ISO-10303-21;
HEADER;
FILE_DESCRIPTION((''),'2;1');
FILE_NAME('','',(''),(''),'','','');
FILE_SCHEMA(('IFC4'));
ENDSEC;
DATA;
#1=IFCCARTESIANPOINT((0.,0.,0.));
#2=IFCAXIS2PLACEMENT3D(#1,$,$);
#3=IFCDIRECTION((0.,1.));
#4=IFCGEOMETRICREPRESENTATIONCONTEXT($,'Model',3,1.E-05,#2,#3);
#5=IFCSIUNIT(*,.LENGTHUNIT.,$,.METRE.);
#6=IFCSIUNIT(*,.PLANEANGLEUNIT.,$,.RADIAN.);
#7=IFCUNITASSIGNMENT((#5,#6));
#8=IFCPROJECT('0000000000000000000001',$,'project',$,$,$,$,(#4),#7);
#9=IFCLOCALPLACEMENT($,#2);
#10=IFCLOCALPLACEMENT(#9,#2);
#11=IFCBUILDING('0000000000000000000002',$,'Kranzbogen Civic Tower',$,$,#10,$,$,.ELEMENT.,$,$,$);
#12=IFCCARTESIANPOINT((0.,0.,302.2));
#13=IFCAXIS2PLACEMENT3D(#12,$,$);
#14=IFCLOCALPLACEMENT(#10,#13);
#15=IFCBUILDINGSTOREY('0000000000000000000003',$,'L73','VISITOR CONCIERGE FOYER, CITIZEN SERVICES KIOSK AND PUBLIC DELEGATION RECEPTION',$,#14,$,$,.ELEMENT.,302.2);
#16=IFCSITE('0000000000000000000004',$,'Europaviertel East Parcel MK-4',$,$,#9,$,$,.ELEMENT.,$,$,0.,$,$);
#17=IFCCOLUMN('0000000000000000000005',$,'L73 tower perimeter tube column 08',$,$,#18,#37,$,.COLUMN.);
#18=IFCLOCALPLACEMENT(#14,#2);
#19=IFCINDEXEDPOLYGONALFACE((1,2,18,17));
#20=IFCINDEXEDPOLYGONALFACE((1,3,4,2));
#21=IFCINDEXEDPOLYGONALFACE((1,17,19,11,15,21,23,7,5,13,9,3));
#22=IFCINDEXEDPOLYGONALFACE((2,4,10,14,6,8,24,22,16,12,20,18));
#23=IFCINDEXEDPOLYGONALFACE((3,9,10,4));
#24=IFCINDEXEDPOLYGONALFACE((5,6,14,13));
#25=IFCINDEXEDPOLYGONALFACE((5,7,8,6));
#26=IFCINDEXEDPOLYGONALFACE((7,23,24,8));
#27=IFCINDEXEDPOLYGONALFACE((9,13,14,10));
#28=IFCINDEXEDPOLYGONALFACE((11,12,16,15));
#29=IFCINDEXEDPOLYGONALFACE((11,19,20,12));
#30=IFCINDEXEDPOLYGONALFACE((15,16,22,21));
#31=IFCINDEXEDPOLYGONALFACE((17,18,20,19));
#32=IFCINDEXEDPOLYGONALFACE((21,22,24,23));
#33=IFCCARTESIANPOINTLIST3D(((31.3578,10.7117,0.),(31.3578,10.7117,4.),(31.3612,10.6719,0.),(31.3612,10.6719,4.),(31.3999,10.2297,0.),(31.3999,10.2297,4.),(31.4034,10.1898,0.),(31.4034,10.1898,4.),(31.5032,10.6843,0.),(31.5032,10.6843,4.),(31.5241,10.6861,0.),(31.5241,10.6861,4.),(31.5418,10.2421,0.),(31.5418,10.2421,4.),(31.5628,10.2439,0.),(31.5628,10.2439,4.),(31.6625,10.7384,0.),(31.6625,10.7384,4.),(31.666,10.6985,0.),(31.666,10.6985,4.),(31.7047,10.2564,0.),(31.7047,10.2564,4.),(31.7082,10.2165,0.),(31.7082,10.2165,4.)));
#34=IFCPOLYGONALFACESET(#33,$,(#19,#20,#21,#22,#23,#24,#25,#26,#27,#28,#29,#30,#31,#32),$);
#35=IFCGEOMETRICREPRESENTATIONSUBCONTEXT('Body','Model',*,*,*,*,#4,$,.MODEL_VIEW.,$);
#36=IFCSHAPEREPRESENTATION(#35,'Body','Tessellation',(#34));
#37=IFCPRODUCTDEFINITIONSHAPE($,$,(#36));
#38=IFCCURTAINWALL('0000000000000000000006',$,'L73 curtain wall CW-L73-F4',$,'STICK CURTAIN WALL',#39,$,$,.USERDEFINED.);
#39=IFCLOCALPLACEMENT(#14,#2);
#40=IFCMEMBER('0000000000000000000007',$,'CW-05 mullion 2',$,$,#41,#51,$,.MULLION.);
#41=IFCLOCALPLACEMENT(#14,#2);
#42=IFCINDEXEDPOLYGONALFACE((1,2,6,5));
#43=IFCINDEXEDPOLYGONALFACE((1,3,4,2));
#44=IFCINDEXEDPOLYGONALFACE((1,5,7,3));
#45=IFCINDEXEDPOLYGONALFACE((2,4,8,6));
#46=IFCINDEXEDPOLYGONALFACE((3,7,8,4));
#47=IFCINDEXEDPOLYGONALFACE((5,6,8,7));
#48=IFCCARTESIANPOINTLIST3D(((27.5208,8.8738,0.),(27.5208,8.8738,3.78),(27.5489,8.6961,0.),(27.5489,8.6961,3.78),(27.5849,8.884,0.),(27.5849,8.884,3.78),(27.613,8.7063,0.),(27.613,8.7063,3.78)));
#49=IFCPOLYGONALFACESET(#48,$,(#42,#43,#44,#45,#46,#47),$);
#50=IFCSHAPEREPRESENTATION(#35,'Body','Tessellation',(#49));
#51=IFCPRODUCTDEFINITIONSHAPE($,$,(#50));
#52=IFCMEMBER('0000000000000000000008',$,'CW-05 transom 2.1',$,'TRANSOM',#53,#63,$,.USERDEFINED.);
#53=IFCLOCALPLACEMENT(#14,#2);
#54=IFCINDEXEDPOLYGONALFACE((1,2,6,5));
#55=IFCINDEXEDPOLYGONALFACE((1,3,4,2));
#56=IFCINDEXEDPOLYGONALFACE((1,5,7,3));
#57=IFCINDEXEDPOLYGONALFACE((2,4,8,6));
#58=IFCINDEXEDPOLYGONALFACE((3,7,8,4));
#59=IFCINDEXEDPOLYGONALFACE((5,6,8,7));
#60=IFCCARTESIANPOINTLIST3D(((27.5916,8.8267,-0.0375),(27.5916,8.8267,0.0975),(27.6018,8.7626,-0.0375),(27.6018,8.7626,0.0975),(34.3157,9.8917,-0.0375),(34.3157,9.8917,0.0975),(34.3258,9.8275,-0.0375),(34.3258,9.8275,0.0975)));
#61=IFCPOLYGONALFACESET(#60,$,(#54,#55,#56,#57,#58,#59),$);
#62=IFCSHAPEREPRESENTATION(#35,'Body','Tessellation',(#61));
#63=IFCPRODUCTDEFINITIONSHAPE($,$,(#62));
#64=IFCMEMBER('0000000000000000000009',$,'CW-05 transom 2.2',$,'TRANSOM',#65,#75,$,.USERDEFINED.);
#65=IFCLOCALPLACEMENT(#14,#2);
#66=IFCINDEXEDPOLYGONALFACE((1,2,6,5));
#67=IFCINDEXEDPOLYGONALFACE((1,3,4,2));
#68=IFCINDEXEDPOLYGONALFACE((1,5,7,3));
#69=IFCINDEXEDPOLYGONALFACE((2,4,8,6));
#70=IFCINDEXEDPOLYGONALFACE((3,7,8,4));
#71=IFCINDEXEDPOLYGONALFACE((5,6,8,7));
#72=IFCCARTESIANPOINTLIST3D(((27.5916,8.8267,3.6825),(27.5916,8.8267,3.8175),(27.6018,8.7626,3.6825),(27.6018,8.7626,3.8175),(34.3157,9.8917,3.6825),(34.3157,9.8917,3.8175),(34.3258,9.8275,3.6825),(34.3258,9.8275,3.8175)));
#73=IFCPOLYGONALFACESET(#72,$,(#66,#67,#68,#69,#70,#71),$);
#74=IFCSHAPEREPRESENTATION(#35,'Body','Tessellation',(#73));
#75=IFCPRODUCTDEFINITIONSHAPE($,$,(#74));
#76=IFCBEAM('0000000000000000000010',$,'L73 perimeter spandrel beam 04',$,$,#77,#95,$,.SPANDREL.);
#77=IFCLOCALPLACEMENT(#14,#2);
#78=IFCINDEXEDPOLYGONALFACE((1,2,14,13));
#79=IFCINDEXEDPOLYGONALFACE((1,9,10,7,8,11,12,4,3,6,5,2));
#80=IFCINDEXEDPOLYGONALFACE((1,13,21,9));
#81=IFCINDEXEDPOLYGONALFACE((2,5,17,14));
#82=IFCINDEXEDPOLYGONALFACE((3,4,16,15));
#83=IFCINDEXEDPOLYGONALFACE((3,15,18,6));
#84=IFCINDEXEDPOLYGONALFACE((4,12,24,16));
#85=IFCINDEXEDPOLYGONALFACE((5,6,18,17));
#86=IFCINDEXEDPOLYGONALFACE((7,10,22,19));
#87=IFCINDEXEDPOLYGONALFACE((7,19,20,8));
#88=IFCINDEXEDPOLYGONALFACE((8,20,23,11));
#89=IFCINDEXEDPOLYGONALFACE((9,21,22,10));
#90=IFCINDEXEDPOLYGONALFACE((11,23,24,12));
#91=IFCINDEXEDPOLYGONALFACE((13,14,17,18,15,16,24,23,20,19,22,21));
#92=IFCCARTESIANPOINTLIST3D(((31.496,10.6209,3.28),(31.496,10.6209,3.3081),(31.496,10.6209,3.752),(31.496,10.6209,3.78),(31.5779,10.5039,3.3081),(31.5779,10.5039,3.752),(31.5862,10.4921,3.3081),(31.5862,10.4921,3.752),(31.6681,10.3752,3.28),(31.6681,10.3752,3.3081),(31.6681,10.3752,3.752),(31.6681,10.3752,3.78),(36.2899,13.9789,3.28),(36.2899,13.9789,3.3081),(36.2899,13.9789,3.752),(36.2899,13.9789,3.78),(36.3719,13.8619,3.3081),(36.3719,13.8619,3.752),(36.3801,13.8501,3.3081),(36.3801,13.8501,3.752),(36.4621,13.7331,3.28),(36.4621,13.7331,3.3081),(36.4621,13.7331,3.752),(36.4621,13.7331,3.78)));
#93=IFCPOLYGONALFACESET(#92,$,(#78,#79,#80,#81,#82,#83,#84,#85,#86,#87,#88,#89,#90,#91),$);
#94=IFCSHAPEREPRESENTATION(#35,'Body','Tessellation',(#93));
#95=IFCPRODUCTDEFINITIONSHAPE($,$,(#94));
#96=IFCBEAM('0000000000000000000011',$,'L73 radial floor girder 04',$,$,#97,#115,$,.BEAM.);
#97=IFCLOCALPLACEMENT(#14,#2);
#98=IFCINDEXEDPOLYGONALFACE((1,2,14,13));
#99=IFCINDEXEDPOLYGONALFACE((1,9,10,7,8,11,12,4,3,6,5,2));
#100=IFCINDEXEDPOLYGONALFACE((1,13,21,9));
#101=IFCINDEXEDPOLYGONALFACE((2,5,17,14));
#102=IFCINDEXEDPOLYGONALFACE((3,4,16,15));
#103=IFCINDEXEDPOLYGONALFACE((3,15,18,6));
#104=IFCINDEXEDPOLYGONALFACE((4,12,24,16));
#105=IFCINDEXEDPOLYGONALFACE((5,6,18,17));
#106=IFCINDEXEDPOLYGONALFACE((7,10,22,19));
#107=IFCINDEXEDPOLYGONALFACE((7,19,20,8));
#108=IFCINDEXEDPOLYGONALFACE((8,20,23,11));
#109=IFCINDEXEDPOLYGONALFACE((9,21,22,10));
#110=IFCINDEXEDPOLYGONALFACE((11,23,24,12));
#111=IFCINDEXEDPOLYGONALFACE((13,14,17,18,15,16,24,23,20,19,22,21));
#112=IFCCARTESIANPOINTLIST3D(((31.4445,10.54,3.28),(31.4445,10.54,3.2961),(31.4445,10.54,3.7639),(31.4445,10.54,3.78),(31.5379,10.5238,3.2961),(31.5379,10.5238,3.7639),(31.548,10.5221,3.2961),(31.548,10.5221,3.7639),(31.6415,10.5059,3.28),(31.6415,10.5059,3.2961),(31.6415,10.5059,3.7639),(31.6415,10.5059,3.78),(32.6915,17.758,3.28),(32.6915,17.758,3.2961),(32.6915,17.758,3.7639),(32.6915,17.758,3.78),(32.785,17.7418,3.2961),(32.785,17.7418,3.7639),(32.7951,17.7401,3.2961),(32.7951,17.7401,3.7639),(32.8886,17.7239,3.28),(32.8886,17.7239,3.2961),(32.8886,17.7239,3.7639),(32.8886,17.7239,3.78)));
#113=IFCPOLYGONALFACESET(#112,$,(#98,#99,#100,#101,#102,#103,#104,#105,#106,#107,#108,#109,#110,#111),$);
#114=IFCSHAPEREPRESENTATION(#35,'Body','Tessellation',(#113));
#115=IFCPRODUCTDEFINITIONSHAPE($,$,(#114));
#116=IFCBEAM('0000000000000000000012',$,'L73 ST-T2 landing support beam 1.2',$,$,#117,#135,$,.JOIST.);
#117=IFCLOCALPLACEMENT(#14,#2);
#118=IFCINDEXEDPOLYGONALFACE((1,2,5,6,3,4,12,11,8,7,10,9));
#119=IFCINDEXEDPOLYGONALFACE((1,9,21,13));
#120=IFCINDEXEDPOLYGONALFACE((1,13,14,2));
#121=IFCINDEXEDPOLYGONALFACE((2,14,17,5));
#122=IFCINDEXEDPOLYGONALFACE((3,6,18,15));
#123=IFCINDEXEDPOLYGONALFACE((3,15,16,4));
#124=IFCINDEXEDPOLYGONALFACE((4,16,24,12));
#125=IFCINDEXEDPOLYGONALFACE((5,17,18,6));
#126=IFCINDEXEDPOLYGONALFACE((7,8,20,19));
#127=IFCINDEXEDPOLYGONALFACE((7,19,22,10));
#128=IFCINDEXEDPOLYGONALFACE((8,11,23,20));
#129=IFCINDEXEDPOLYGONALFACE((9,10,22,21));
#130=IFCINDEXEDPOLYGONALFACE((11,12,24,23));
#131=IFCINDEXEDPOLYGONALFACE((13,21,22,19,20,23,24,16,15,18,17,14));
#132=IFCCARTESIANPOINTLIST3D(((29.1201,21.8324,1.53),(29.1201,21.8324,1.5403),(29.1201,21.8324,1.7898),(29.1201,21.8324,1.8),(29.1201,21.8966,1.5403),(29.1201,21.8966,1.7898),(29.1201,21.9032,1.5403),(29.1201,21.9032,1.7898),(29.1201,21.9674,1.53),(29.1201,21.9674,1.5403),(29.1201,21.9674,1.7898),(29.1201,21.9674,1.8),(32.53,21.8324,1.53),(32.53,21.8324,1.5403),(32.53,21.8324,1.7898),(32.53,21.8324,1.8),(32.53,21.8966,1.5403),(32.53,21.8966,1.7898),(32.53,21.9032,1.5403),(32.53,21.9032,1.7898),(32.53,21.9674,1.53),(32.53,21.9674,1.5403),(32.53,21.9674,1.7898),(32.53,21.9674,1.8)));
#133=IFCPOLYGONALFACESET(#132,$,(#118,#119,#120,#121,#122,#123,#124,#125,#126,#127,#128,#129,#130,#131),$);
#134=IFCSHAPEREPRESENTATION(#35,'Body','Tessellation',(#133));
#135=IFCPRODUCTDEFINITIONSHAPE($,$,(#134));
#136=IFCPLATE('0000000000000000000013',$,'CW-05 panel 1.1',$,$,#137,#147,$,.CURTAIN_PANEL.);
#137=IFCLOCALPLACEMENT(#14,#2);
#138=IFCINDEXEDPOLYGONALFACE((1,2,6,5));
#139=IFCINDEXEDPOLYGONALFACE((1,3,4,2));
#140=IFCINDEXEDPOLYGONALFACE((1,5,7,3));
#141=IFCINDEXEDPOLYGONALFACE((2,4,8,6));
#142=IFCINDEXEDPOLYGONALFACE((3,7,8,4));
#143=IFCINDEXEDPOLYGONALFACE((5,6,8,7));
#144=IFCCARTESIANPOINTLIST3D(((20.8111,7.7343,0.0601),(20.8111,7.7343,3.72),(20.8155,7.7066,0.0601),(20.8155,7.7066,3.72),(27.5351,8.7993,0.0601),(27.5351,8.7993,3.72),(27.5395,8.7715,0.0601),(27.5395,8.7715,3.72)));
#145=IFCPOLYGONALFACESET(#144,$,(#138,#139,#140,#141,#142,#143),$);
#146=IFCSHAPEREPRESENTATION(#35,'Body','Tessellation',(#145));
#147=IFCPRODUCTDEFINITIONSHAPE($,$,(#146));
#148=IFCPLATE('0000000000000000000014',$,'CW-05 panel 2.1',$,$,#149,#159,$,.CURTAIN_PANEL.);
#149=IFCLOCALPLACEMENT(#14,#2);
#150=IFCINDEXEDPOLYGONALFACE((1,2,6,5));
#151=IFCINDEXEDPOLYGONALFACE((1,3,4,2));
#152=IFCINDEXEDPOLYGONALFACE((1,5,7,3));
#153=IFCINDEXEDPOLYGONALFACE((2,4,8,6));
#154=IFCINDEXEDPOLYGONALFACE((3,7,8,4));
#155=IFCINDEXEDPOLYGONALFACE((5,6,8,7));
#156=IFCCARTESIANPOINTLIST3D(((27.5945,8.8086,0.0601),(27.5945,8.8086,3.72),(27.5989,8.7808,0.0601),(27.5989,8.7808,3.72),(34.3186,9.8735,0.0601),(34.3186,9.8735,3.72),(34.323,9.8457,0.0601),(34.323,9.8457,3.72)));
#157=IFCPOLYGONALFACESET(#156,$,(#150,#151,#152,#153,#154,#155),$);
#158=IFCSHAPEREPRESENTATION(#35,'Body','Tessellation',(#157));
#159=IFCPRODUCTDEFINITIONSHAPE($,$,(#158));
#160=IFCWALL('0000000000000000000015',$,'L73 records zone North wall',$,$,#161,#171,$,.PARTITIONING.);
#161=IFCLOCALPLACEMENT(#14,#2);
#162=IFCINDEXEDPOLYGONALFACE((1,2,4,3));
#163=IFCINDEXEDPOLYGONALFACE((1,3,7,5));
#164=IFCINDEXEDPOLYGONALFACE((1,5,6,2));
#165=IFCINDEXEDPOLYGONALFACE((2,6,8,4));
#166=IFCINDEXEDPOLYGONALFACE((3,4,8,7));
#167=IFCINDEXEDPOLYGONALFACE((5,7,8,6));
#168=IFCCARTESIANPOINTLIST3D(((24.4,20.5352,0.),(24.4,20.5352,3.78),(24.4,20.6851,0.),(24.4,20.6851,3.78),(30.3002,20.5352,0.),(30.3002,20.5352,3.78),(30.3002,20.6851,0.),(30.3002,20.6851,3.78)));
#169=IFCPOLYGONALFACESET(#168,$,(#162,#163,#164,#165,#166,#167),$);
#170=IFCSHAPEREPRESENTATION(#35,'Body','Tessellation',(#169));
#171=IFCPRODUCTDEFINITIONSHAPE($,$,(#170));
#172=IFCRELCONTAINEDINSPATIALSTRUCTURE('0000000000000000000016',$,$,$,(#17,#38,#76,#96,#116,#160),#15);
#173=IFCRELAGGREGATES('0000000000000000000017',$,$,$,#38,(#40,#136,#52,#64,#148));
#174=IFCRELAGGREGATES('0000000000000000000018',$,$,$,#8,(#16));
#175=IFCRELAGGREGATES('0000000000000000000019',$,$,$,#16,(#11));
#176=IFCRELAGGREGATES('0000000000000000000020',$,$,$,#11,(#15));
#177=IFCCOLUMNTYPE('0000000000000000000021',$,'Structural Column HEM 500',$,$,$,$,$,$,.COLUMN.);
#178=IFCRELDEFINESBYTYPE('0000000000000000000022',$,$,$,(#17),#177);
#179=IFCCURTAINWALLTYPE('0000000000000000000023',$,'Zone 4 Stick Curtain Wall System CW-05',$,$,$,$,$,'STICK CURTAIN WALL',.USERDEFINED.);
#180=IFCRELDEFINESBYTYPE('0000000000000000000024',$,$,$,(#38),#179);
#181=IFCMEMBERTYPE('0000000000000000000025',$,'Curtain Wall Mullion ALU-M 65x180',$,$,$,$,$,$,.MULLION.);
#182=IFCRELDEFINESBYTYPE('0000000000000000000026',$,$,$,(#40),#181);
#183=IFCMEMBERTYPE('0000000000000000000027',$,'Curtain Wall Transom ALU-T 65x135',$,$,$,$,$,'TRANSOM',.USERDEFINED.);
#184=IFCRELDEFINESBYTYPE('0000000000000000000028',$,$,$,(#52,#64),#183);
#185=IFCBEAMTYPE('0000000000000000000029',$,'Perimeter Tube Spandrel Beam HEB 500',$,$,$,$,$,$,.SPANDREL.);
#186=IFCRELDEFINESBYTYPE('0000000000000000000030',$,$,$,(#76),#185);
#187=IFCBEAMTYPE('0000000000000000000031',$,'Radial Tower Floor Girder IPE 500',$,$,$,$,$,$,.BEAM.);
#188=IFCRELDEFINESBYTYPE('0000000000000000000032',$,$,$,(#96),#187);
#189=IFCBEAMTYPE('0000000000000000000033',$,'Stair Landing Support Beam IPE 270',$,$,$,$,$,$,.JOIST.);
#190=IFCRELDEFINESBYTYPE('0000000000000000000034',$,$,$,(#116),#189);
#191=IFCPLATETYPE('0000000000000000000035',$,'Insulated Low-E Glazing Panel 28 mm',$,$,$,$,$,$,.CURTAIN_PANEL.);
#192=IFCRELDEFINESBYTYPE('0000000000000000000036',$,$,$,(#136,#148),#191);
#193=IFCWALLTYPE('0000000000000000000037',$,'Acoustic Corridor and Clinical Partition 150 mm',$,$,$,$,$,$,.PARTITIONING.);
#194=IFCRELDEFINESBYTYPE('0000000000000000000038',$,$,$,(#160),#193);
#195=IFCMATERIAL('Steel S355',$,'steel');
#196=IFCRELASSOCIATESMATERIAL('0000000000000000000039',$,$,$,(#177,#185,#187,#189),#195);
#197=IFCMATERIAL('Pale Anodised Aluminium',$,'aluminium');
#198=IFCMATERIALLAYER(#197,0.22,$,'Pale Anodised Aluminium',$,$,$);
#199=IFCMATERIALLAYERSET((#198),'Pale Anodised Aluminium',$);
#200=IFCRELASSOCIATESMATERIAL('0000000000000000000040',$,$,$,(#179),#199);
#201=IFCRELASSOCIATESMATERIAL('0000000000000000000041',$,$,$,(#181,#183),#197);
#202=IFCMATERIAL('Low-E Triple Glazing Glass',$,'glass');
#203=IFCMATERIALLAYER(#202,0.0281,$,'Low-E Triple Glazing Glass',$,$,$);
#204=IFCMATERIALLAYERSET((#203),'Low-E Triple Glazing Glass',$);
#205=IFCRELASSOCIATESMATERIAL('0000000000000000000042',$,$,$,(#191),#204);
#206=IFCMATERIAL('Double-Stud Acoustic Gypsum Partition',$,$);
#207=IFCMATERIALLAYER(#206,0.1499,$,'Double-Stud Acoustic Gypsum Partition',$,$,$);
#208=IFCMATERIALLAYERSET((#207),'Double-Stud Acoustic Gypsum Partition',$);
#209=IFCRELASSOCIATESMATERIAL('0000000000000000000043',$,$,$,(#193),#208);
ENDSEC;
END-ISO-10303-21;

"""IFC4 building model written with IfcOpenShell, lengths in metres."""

from ifc_helpers import new_model, si_unit, direction, frame, frame_2d, origin, origin_2d, place, context, subcontext, project, spatial, rectangle, i_section, extrude, material, layer, layer_set, material_profile, profile_set, type_object, element, aggregate, save


model = new_model("IFC4")

# Units and contexts
model_context = context("Model", 3, precision=1e-05, world=origin(), true_north=direction((0.0, 1.0)))
body_context = subcontext(model_context, "Body", "Model", "MODEL_VIEW")
ifc_project = project(units=[si_unit("LENGTHUNIT", "METRE"), si_unit("PLANEANGLEUNIT", "RADIAN")], contexts=[model_context])

# Site, building, storey
site_placement = place(None, origin())
site = spatial("IfcSite", under=ifc_project, at=site_placement, Name="Europaviertel East Parcel MK-4", CompositionType="ELEMENT", RefElevation=0.0)
building_placement = place(site_placement, origin())
building = spatial("IfcBuilding", under=site, at=building_placement, Name="Kranzbogen Civic Tower", CompositionType="ELEMENT")
storey_placement = place(building_placement, frame((0.0, 0.0, 302.2)))
storey = spatial("IfcBuildingStorey", under=building, at=storey_placement, Name="L73", Description="VISITOR CONCIERGE FOYER, CITIZEN SERVICES KIOSK AND PUBLIC DELEGATION RECEPTION", CompositionType="ELEMENT", Elevation=302.2)

# Column
ifc_material_1 = material(Name="Steel S355", Category="steel")
ifc_material_profile_1 = material_profile(ifc_material_1, i_section(OverallWidth=0.3059, OverallDepth=0.5239, WebThickness=0.021, FlangeThickness=0.04, at=origin_2d()), Name="HEM 500")
ifc_profile_set_1 = profile_set([ifc_material_profile_1], Name="Steel S355")
column_type = type_object("IfcColumnType", Name="Structural Column HEM 500", PredefinedType="COLUMN", material=ifc_profile_set_1)
column_placement = place(storey_placement, frame((31.533, 10.4641, 0.0), z_axis=(0.0, 0.0, 1.0), x_axis=(0.996195, 0.087156, 0.0)))
element("IfcColumn", 1, at=column_placement, inside=storey, type_object=column_type, Name="L73 tower perimeter tube column 08", PredefinedType="COLUMN", context=body_context, shape_type="SweptSolid", body=[
    extrude(i_section(OverallWidth=0.3059, OverallDepth=0.5239, WebThickness=0.021, FlangeThickness=0.04, at=origin_2d()), origin(), (0.0, 0.0, 1.0), 4.0),
])

# Curtain wall, members
ifc_material_2 = material(Name="Pale Anodised Aluminium", Category="aluminium")
ifc_layer_1 = layer(ifc_material_2, 0.22, Name="Pale Anodised Aluminium")
ifc_layer_set_1 = layer_set([ifc_layer_1], Name="Pale Anodised Aluminium")
curtain_wall_type = type_object("IfcCurtainWallType", Name="Zone 4 Stick Curtain Wall System CW-05", ElementType="STICK CURTAIN WALL", PredefinedType="USERDEFINED", material=ifc_layer_set_1)
curtain_wall_placement = place(storey_placement, origin())
curtain_wall = element("IfcCurtainWall", 2, at=curtain_wall_placement, inside=storey, type_object=curtain_wall_type, Name="L73 curtain wall CW-L73-F4", ObjectType="STICK CURTAIN WALL", PredefinedType="USERDEFINED")
ifc_material_profile_2 = material_profile(ifc_material_2, rectangle(XDim=0.0649, YDim=0.1799, at=origin_2d()), Name="ALU-M 65x180")
ifc_profile_set_2 = profile_set([ifc_material_profile_2], Name="Pale Anodised Aluminium")
member_type_1 = type_object("IfcMemberType", Name="Curtain Wall Mullion ALU-M 65x180", PredefinedType="MULLION", material=ifc_profile_set_2)
member_1_placement = place(storey_placement, frame((27.5669, 8.79, 0.0), z_axis=(0.0, 0.0, 1.0), x_axis=(0.98769, 0.156424, 0.0)))
member_1 = element("IfcMember", 3, at=member_1_placement, type_object=member_type_1, Name="CW-05 mullion 2", PredefinedType="MULLION", context=body_context, shape_type="SweptSolid", body=[
    extrude(rectangle(XDim=0.0649, YDim=0.1799, at=origin_2d()), origin(), (0.0, 0.0, 1.0), 3.78),
])
ifc_material_profile_3 = material_profile(ifc_material_2, rectangle(XDim=0.0649, YDim=0.135, at=origin_2d()), Name="ALU-T 65x135")
ifc_profile_set_3 = profile_set([ifc_material_profile_3], Name="Pale Anodised Aluminium")
member_type_2 = type_object("IfcMemberType", Name="Curtain Wall Transom ALU-T 65x135", ElementType="TRANSOM", PredefinedType="USERDEFINED", material=ifc_profile_set_3)
member_2_placement = place(storey_placement, frame((27.5967, 8.7947, 0.03), z_axis=(0.98769, 0.156427, 0.0), x_axis=(-0.156427, 0.98769, 0.0)))
member_2 = element("IfcMember", 4, at=member_2_placement, type_object=member_type_2, Name="CW-05 transom 2.1", ObjectType="TRANSOM", PredefinedType="USERDEFINED", context=body_context, shape_type="SweptSolid", body=[
    extrude(rectangle(XDim=0.0649, YDim=0.135, at=origin_2d()), origin(), (0.0, 0.0, 1.0), 6.8079),
])
member_3_placement = place(storey_placement, frame((27.5967, 8.7947, 3.75), z_axis=(0.98769, 0.156427, 0.0), x_axis=(-0.156427, 0.98769, 0.0)))
member_3 = element("IfcMember", 5, at=member_3_placement, type_object=member_type_2, Name="CW-05 transom 2.2", ObjectType="TRANSOM", PredefinedType="USERDEFINED", context=body_context, shape_type="SweptSolid", body=[
    extrude(rectangle(XDim=0.0649, YDim=0.135, at=origin_2d()), origin(), (0.0, 0.0, 1.0), 6.8079),
])

# Beams
ifc_material_profile_4 = material_profile(ifc_material_1, i_section(OverallWidth=0.3, OverallDepth=0.5, WebThickness=0.0144, FlangeThickness=0.0281, at=origin_2d()), Name="HEB 500")
ifc_profile_set_4 = profile_set([ifc_material_profile_4], Name="Steel S355")
beam_type_1 = type_object("IfcBeamType", Name="Perimeter Tube Spandrel Beam HEB 500", PredefinedType="SPANDREL", material=ifc_profile_set_4)
beam_1_placement = place(storey_placement, frame((31.582, 10.498, 3.53), z_axis=(0.819059, 0.573709, 0.0), x_axis=(-0.573709, 0.819059, 0.0)))
element("IfcBeam", 6, at=beam_1_placement, inside=storey, type_object=beam_type_1, Name="L73 perimeter spandrel beam 04", PredefinedType="SPANDREL", context=body_context, shape_type="SweptSolid", body=[
    extrude(i_section(OverallWidth=0.3, OverallDepth=0.5, WebThickness=0.0144, FlangeThickness=0.0281, at=origin_2d()), origin(), (0.0, 0.0, 1.0), 5.853),
])
ifc_material_profile_5 = material_profile(ifc_material_1, i_section(OverallWidth=0.2, OverallDepth=0.5, WebThickness=0.0103, FlangeThickness=0.0161, at=origin_2d()), Name="IPE 500")
ifc_profile_set_5 = profile_set([ifc_material_profile_5], Name="Steel S355")
beam_type_2 = type_object("IfcBeamType", Name="Radial Tower Floor Girder IPE 500", PredefinedType="BEAM", material=ifc_profile_set_5)
beam_2_placement = place(storey_placement, frame((31.543, 10.5229, 3.53), z_axis=(0.17025, 0.985401, 0.0), x_axis=(-0.985401, 0.17025, 0.0)))
element("IfcBeam", 7, at=beam_2_placement, inside=storey, type_object=beam_type_2, Name="L73 radial floor girder 04", PredefinedType="BEAM", context=body_context, shape_type="SweptSolid", body=[
    extrude(i_section(OverallWidth=0.2, OverallDepth=0.5, WebThickness=0.0103, FlangeThickness=0.0161, at=origin_2d()), origin(), (0.0, 0.0, 1.0), 7.325),
])
ifc_material_profile_6 = material_profile(ifc_material_1, i_section(OverallWidth=0.135, OverallDepth=0.27, WebThickness=0.0066, FlangeThickness=0.0103, at=origin_2d()), Name="IPE 270")
ifc_profile_set_6 = profile_set([ifc_material_profile_6], Name="Steel S355")
beam_type_3 = type_object("IfcBeamType", Name="Stair Landing Support Beam IPE 270", PredefinedType="JOIST", material=ifc_profile_set_6)
beam_3_placement = place(storey_placement, frame((29.1201, 21.8999, 1.665), z_axis=(1.0, 0.0, 0.0), x_axis=(0.0, 1.0, 0.0)))
element("IfcBeam", 8, at=beam_3_placement, inside=storey, type_object=beam_type_3, Name="L73 ST-T2 landing support beam 1.2", PredefinedType="JOIST", context=body_context, shape_type="SweptSolid", body=[
    extrude(i_section(OverallWidth=0.135, OverallDepth=0.27, WebThickness=0.0066, FlangeThickness=0.0103, at=origin_2d()), origin(), (0.0, 0.0, 1.0), 3.4099),
])

# Plates
ifc_material_3 = material(Name="Low-E Triple Glazing Glass", Category="glass")
ifc_layer_2 = layer(ifc_material_3, 0.0281, Name="Low-E Triple Glazing Glass")
ifc_layer_set_2 = layer_set([ifc_layer_2], Name="Low-E Triple Glazing Glass")
plate_type = type_object("IfcPlateType", Name="Insulated Low-E Glazing Panel 28 mm", PredefinedType="CURTAIN_PANEL", material=ifc_layer_set_2)
plate_1_placement = place(storey_placement, frame((24.1753, 8.2529, 0.0601), z_axis=(0.0, 0.0, 1.0), x_axis=(0.98769, 0.156424, 0.0)))
plate_1 = element("IfcPlate", 9, at=plate_1_placement, type_object=plate_type, Name="CW-05 panel 1.1", PredefinedType="CURTAIN_PANEL", context=body_context, shape_type="SweptSolid", body=[
    extrude(rectangle(XDim=6.8079, YDim=0.0281, at=origin_2d()), origin(), (0.0, 0.0, 1.0), 3.6599),
])
plate_2_placement = place(storey_placement, frame((30.9587, 9.3271, 0.0601), z_axis=(0.0, 0.0, 1.0), x_axis=(0.98769, 0.156424, 0.0)))
plate_2 = element("IfcPlate", 10, at=plate_2_placement, type_object=plate_type, Name="CW-05 panel 2.1", PredefinedType="CURTAIN_PANEL", context=body_context, shape_type="SweptSolid", body=[
    extrude(rectangle(XDim=6.8079, YDim=0.0281, at=origin_2d()), origin(), (0.0, 0.0, 1.0), 3.6599),
])
aggregate(curtain_wall, [member_1, plate_1, member_2, member_3, plate_2])

# Wall
ifc_material_4 = material(Name="Double-Stud Acoustic Gypsum Partition")
ifc_layer_3 = layer(ifc_material_4, 0.1499, Name="Double-Stud Acoustic Gypsum Partition")
ifc_layer_set_3 = layer_set([ifc_layer_3], Name="Double-Stud Acoustic Gypsum Partition")
wall_type_1 = type_object("IfcWallType", Name="Acoustic Corridor and Clinical Partition 150 mm", PredefinedType="PARTITIONING", material=ifc_layer_set_3)
wall_1_placement = place(storey_placement, frame((24.3999, 20.6101, 0.0), z_axis=(0.0, 0.0, 1.0), x_axis=(1.0, 0.0, 0.0)))
element("IfcWall", 11, at=wall_1_placement, inside=storey, type_object=wall_type_1, Name="L73 records zone North wall", PredefinedType="PARTITIONING", context=body_context, shape_type="SweptSolid", body=[
    extrude(rectangle(XDim=5.9001, YDim=0.1499, at=frame_2d((2.9502, 0.0))), origin(), (0.0, 0.0, 1.0), 3.78),
])

save(model, "model.ifc")
